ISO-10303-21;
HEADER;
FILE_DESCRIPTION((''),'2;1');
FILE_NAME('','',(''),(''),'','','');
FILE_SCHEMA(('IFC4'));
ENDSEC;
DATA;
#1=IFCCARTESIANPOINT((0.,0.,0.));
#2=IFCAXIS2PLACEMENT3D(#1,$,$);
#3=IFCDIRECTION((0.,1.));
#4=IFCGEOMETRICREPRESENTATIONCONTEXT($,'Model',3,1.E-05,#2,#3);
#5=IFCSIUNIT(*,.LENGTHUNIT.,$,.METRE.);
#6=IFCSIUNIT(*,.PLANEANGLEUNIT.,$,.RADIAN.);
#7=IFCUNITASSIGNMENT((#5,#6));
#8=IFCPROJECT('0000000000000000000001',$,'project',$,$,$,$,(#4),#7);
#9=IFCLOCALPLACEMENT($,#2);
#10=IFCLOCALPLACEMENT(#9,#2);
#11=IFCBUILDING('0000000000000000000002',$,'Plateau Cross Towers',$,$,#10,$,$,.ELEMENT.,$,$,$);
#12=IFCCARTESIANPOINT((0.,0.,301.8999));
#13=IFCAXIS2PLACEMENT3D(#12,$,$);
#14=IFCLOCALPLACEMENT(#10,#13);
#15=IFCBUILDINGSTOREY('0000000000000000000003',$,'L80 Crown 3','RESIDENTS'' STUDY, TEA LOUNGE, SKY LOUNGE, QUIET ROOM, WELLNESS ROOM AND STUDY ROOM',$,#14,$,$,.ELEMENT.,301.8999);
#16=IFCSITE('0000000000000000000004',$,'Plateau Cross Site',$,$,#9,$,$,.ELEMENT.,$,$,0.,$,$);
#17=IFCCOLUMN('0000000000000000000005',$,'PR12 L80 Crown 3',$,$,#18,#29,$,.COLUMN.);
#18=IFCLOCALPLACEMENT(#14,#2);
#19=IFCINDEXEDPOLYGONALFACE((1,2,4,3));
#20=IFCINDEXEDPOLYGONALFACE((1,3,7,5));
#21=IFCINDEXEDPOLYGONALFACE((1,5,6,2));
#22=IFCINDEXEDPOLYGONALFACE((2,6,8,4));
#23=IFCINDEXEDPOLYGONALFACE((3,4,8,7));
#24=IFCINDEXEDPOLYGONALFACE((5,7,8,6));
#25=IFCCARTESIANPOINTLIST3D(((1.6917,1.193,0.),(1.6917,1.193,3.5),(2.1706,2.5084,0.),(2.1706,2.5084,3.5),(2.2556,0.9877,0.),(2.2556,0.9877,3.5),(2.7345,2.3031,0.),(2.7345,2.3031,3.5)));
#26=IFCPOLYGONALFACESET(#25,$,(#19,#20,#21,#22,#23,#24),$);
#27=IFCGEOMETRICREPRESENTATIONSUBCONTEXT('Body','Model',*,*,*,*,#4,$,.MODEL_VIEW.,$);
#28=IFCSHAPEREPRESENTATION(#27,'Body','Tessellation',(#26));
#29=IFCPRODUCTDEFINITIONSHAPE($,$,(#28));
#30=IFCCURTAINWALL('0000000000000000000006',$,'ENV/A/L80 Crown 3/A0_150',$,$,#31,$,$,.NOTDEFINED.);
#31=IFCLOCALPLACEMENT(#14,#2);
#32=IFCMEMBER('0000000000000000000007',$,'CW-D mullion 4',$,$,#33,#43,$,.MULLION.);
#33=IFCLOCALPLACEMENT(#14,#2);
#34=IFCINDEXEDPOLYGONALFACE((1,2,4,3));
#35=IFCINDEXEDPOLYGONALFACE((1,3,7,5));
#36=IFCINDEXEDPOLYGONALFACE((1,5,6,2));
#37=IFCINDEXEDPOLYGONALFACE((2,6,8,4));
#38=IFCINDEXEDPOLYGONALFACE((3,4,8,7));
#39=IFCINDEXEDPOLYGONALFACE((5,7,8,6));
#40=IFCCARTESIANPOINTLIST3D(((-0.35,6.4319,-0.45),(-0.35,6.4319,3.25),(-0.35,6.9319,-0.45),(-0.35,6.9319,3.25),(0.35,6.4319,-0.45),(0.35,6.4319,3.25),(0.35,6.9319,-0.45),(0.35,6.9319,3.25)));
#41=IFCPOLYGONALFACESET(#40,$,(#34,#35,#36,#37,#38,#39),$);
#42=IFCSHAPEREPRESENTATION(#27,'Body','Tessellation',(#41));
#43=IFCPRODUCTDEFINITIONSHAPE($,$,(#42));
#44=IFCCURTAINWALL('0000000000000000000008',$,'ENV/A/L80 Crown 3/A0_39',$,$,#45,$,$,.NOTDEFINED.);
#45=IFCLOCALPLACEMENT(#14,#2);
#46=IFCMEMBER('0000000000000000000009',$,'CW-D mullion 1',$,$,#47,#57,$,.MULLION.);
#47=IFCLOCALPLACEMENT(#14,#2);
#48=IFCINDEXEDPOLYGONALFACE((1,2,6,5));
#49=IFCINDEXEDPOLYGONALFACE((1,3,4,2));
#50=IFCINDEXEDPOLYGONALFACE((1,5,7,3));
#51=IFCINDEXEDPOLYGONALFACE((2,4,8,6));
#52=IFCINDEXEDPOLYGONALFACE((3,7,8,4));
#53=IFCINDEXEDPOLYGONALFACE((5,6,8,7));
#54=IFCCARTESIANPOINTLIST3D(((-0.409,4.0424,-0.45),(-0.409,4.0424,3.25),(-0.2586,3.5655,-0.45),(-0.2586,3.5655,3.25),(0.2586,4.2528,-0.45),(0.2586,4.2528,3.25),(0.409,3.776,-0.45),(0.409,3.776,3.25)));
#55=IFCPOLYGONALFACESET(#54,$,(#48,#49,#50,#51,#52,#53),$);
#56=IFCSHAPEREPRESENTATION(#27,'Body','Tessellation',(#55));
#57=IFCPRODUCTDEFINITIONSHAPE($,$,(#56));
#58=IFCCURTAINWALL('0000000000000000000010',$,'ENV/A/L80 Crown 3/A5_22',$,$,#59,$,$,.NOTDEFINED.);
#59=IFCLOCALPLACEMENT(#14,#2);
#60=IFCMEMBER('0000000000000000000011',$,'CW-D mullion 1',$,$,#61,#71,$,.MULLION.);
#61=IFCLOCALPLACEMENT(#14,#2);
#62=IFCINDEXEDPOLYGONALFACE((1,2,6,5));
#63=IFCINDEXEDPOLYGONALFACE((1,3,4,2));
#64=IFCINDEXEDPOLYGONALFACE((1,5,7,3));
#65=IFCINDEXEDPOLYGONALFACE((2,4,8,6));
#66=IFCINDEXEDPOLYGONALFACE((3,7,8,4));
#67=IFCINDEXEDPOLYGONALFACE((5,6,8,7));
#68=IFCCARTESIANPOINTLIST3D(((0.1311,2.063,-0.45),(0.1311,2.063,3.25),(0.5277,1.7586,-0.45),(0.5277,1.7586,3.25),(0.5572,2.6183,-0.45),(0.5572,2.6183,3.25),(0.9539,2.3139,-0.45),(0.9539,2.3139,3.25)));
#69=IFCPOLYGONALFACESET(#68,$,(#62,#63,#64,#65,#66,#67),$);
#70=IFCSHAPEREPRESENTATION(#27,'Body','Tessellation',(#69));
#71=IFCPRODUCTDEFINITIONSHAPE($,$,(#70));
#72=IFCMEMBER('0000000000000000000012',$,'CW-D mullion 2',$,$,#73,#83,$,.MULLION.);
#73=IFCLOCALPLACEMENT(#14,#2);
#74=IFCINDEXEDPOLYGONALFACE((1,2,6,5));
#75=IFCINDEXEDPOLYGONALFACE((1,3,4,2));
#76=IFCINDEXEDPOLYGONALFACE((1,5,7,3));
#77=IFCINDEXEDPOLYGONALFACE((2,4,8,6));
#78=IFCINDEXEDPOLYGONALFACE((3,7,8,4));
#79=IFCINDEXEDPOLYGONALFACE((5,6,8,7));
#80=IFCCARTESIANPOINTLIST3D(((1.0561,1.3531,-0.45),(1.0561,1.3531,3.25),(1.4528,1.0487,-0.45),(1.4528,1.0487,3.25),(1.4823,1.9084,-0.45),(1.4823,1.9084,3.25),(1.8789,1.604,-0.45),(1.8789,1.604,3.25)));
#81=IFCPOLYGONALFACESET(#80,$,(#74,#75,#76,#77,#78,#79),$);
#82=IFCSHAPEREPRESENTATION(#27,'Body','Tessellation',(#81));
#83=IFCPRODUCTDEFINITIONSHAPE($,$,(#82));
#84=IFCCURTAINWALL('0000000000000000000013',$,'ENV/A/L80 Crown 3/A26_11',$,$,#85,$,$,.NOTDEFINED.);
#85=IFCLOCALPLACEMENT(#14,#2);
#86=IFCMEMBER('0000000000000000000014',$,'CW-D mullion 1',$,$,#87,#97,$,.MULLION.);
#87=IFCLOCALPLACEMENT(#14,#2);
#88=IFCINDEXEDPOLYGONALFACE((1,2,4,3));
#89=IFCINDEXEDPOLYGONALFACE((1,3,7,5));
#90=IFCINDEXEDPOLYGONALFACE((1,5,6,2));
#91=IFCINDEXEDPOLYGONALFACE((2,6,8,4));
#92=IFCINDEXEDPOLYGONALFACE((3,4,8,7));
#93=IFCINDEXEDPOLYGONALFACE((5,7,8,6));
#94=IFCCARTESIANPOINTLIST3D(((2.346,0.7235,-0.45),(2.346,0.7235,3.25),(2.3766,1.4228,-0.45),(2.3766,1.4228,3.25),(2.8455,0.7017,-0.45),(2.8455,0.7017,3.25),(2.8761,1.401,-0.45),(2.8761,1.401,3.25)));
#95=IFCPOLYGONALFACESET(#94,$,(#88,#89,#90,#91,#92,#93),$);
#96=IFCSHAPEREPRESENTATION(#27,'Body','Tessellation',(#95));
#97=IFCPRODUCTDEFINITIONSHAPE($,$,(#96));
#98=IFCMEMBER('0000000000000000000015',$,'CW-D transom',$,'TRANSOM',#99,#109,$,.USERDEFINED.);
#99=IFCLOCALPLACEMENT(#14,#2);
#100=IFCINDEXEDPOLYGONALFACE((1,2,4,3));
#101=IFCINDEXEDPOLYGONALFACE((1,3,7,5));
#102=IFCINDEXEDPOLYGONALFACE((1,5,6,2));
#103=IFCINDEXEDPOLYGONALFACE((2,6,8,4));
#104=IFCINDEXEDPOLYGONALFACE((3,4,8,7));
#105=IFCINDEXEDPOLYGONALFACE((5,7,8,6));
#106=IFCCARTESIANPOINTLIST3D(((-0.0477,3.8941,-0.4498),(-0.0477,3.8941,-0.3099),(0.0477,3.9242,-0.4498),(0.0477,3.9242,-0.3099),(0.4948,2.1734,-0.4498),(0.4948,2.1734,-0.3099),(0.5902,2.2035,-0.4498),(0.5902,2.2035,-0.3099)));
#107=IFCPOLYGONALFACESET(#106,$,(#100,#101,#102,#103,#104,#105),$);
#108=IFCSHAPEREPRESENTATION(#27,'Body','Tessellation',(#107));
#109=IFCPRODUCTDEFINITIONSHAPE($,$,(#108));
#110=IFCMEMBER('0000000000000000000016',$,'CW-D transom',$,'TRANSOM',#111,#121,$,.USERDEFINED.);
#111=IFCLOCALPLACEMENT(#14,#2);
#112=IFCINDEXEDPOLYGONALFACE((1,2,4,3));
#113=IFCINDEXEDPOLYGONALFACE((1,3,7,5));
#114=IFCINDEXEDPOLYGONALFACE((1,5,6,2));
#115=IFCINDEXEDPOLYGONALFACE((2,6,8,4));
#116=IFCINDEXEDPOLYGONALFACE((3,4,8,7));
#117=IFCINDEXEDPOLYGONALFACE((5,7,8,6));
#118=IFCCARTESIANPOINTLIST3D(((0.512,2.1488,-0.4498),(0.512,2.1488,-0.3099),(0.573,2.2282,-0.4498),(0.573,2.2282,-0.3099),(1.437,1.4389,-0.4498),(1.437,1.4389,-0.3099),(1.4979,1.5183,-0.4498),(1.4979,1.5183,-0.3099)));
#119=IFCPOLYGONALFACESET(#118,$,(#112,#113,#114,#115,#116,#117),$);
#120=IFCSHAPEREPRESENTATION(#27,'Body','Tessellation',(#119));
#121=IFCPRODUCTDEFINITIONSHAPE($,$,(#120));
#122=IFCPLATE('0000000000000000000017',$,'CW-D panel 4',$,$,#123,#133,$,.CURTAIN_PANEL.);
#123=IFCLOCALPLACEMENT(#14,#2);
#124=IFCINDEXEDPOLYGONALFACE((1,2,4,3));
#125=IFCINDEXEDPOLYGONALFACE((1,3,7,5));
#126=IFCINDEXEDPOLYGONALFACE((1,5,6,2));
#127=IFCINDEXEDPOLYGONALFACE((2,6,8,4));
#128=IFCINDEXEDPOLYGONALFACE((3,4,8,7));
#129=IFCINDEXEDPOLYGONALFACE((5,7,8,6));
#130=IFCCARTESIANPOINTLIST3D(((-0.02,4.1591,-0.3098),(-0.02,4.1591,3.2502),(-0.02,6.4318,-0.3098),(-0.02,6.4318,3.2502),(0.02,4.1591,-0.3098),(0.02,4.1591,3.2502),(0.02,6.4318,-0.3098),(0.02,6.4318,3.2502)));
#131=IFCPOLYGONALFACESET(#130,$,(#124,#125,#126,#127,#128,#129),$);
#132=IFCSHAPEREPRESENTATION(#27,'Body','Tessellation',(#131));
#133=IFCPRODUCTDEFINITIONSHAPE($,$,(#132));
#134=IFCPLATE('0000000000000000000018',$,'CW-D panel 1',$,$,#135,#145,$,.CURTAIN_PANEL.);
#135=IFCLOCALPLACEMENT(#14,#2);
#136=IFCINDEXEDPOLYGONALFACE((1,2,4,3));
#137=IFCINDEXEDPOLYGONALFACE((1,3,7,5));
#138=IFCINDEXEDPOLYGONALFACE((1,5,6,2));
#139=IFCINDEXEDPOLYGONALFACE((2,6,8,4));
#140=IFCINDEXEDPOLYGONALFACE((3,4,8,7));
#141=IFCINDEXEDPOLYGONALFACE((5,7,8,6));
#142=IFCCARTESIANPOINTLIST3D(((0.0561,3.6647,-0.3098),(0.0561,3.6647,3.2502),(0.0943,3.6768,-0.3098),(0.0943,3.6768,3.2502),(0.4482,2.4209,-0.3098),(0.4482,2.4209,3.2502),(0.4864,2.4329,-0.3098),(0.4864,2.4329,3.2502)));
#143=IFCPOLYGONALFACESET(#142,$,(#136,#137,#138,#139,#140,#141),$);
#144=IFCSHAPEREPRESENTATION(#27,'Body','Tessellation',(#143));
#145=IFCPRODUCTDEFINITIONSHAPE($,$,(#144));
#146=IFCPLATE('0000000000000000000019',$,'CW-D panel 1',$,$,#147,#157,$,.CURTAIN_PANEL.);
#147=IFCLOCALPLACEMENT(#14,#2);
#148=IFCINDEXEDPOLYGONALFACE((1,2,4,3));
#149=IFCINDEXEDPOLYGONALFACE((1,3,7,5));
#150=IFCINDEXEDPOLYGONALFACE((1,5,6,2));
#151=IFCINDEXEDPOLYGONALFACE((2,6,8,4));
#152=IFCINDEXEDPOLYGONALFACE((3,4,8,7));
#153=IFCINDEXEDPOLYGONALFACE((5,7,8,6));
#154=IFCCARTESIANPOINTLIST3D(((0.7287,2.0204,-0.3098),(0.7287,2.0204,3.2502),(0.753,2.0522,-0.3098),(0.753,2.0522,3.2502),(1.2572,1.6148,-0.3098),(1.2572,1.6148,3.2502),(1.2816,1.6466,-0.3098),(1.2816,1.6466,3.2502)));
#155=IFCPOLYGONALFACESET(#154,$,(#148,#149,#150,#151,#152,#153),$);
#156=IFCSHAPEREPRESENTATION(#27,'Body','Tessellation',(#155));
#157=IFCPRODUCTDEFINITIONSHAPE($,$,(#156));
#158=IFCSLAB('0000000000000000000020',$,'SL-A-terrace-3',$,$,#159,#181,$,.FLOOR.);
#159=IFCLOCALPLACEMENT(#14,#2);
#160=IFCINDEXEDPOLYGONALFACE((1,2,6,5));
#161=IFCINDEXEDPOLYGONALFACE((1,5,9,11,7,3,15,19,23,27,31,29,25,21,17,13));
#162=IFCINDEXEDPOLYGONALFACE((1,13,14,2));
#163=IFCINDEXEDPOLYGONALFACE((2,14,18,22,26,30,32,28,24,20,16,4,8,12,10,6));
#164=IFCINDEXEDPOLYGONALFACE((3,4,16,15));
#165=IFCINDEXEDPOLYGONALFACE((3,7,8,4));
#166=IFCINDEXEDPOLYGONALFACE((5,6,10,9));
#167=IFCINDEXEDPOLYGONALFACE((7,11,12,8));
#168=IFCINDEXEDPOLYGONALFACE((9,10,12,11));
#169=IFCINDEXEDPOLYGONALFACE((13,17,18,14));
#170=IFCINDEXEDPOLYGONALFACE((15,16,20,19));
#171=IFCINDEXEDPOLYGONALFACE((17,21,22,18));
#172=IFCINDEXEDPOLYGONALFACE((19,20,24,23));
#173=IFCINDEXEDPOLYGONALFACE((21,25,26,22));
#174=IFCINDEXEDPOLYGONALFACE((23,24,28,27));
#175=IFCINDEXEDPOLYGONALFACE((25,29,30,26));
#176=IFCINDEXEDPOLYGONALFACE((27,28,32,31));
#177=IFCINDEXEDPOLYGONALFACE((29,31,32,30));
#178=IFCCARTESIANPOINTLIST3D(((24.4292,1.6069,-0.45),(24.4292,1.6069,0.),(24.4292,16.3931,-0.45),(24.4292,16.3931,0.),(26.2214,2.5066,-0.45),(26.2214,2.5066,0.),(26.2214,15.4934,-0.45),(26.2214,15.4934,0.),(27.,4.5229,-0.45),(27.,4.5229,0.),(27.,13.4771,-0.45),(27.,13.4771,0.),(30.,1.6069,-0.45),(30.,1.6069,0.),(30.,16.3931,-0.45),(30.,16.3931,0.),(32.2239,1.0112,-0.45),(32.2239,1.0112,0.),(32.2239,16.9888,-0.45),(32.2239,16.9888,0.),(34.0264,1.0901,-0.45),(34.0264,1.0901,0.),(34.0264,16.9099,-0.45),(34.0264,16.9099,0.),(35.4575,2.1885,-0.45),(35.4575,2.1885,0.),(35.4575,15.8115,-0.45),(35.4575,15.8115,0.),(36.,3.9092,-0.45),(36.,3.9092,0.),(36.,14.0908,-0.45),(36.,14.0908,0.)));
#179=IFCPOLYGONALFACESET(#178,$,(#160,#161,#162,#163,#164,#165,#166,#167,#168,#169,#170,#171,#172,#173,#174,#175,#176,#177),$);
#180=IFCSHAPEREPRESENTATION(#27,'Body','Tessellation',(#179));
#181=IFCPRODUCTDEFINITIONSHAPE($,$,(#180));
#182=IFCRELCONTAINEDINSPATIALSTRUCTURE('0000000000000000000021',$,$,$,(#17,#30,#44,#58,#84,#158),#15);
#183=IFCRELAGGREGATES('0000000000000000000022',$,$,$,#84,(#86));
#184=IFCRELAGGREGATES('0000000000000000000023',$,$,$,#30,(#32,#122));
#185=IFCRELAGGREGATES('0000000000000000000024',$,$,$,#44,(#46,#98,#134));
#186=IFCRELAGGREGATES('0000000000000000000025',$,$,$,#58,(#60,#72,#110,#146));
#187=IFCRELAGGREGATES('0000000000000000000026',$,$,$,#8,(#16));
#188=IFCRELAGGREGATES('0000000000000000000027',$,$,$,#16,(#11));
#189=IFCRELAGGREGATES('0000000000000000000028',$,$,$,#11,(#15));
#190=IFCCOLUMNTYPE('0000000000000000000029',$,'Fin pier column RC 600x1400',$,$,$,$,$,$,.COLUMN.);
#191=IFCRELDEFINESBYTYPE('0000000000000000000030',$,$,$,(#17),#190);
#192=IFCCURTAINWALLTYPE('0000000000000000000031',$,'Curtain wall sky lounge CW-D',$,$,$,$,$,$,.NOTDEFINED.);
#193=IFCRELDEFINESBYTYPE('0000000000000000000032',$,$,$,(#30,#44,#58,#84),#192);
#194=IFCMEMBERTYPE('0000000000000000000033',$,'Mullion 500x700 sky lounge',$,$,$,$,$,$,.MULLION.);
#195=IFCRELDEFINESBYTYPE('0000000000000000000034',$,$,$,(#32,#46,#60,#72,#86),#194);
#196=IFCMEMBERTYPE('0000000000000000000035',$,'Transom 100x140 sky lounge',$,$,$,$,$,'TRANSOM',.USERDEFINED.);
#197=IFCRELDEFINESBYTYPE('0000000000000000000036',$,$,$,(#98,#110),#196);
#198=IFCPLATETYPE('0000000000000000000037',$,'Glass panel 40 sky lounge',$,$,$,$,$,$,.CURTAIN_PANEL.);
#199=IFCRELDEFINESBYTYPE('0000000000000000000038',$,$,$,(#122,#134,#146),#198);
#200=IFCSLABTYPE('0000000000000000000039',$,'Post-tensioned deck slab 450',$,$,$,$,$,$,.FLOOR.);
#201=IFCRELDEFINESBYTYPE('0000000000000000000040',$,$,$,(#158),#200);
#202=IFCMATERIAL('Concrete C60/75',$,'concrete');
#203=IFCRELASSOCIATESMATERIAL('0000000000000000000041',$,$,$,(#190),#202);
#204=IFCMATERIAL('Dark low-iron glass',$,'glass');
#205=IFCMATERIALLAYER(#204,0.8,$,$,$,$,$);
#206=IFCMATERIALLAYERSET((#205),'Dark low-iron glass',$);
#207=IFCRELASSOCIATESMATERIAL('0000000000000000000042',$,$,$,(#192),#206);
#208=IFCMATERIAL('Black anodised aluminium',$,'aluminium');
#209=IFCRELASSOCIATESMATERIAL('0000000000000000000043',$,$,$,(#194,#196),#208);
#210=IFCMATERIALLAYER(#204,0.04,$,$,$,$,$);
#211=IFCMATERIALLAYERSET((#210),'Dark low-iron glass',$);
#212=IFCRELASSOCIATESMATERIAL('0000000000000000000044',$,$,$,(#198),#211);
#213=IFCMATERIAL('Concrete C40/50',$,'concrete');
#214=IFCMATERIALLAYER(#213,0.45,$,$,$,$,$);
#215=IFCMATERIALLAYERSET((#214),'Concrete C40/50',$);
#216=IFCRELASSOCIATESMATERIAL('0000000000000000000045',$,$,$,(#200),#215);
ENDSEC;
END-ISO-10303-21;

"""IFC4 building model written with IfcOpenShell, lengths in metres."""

from ifc_helpers import new_model, si_unit, direction, frame, origin, origin_2d, place, context, subcontext, project, spatial, polyline, rectangle, outline, extrude, material, layer, layer_set, material_profile, profile_set, type_object, element, aggregate, save


model = new_model("IFC4")

# Units and contexts
model_context = context("Model", 3, precision=1e-05, world=origin(), true_north=direction((0.0, 1.0)))
body_context = subcontext(model_context, "Body", "Model", "MODEL_VIEW")
ifc_project = project(units=[si_unit("LENGTHUNIT", "METRE"), si_unit("PLANEANGLEUNIT", "RADIAN")], contexts=[model_context])

# Site, building, storey
site_placement = place(None, origin())
site = spatial("IfcSite", under=ifc_project, at=site_placement, Name="Plateau Cross Site", CompositionType="ELEMENT", RefElevation=0.0)
building_placement = place(site_placement, origin())
building = spatial("IfcBuilding", under=site, at=building_placement, Name="Plateau Cross Towers", CompositionType="ELEMENT")
storey_placement = place(building_placement, frame((0.0, 0.0, 301.8999)))
storey = spatial("IfcBuildingStorey", under=building, at=storey_placement, Name="L80 Crown 3", Description="RESIDENTS' STUDY, TEA LOUNGE, SKY LOUNGE, QUIET ROOM, WELLNESS ROOM AND STUDY ROOM", CompositionType="ELEMENT", Elevation=301.8999)

# Column
ifc_material_1 = material(Name="Concrete C60/75", Category="concrete")
ifc_material_profile_1 = material_profile(ifc_material_1, rectangle(XDim=0.6001, YDim=1.3999, at=origin_2d()), Name="RC 600x1400")
ifc_profile_set_1 = profile_set([ifc_material_profile_1], Name="Concrete C60/75")
column_type = type_object("IfcColumnType", Name="Fin pier column RC 600x1400", PredefinedType="COLUMN", material=ifc_profile_set_1)
column_placement = place(storey_placement, frame((2.2131, 1.748, 0.0), z_axis=(0.0, 0.0, 1.0), x_axis=(-0.939664, 0.342098, 0.0)))
element("IfcColumn", 1, at=column_placement, inside=storey, type_object=column_type, Name="PR12 L80 Crown 3", PredefinedType="COLUMN", context=body_context, shape_type="SweptSolid", body=[
    extrude(rectangle(XDim=0.6001, YDim=1.3999, at=origin_2d()), origin(), (0.0, 0.0, 1.0), 3.5),
])

# Curtain walls, members
ifc_material_2 = material(Name="Dark low-iron glass", Category="glass")
ifc_layer_1 = layer(ifc_material_2, 0.8)
ifc_layer_set_1 = layer_set([ifc_layer_1], Name="Dark low-iron glass")
curtain_wall_type = type_object("IfcCurtainWallType", Name="Curtain wall sky lounge CW-D", PredefinedType="NOTDEFINED", material=ifc_layer_set_1)
curtain_wall_1_placement = place(storey_placement, origin())
curtain_wall_1 = element("IfcCurtainWall", 2, at=curtain_wall_1_placement, inside=storey, type_object=curtain_wall_type, Name="ENV/A/L80 Crown 3/A0_150", PredefinedType="NOTDEFINED")
ifc_material_3 = material(Name="Black anodised aluminium", Category="aluminium")
ifc_material_profile_2 = material_profile(ifc_material_3, rectangle(XDim=0.5, YDim=0.7, at=origin_2d()), Name="MULLION 500x700")
ifc_profile_set_2 = profile_set([ifc_material_profile_2], Name="Black anodised aluminium")
member_type_1 = type_object("IfcMemberType", Name="Mullion 500x700 sky lounge", PredefinedType="MULLION", material=ifc_profile_set_2)
member_1_placement = place(storey_placement, frame((0.0, 6.6819, -0.45), z_axis=(0.0, 0.0, 1.0), x_axis=(0.0, -1.0, 0.0)))
member_1 = element("IfcMember", 3, at=member_1_placement, type_object=member_type_1, Name="CW-D mullion 4", PredefinedType="MULLION", context=body_context, shape_type="SweptSolid", body=[
    extrude(rectangle(XDim=0.5, YDim=0.7, at=origin_2d()), origin(), (0.0, 0.0, 1.0), 3.7),
])
curtain_wall_2_placement = place(storey_placement, origin())
curtain_wall_2 = element("IfcCurtainWall", 4, at=curtain_wall_2_placement, inside=storey, type_object=curtain_wall_type, Name="ENV/A/L80 Crown 3/A0_39", PredefinedType="NOTDEFINED")
member_2_placement = place(storey_placement, frame((0.0, 3.9092, -0.45), z_axis=(0.0, 0.0, 1.0), x_axis=(0.300686, -0.953723, 0.0)))
member_2 = element("IfcMember", 5, at=member_2_placement, type_object=member_type_1, Name="CW-D mullion 1", PredefinedType="MULLION", context=body_context, shape_type="SweptSolid", body=[
    extrude(rectangle(XDim=0.5, YDim=0.7, at=origin_2d()), origin(), (0.0, 0.0, 1.0), 3.7),
])

# Curtain wall, members
curtain_wall_3_placement = place(storey_placement, origin())
curtain_wall_3 = element("IfcCurtainWall", 6, at=curtain_wall_3_placement, inside=storey, type_object=curtain_wall_type, Name="ENV/A/L80 Crown 3/A5_22", PredefinedType="NOTDEFINED")
member_3_placement = place(storey_placement, frame((0.5425, 2.1885, -0.45), z_axis=(0.0, 0.0, 1.0), x_axis=(0.793316, -0.608811, 0.0)))
member_3 = element("IfcMember", 7, at=member_3_placement, type_object=member_type_1, Name="CW-D mullion 1", PredefinedType="MULLION", context=body_context, shape_type="SweptSolid", body=[
    extrude(rectangle(XDim=0.5, YDim=0.7, at=origin_2d()), origin(), (0.0, 0.0, 1.0), 3.7),
])
member_4_placement = place(storey_placement, frame((1.4675, 1.4785, -0.45), z_axis=(0.0, 0.0, 1.0), x_axis=(0.793316, -0.608811, 0.0)))
member_4 = element("IfcMember", 8, at=member_4_placement, type_object=member_type_1, Name="CW-D mullion 2", PredefinedType="MULLION", context=body_context, shape_type="SweptSolid", body=[
    extrude(rectangle(XDim=0.5, YDim=0.7, at=origin_2d()), origin(), (0.0, 0.0, 1.0), 3.7),
])

# Curtain wall, member
curtain_wall_4_placement = place(storey_placement, origin())
curtain_wall_4 = element("IfcCurtainWall", 9, at=curtain_wall_4_placement, inside=storey, type_object=curtain_wall_type, Name="ENV/A/L80 Crown 3/A26_11", PredefinedType="NOTDEFINED")
member_5_placement = place(storey_placement, frame((2.6111, 1.0623, -0.45), z_axis=(0.0, 0.0, 1.0), x_axis=(0.999044, -0.043723, 0.0)))
member_5 = element("IfcMember", 10, at=member_5_placement, type_object=member_type_1, Name="CW-D mullion 1", PredefinedType="MULLION", context=body_context, shape_type="SweptSolid", body=[
    extrude(rectangle(XDim=0.5, YDim=0.7, at=origin_2d()), origin(), (0.0, 0.0, 1.0), 3.7),
])
aggregate(curtain_wall_4, [member_5])

# Members
ifc_material_profile_3 = material_profile(ifc_material_3, rectangle(XDim=0.1001, YDim=0.1399, at=origin_2d()), Name="TRANSOM 100x140")
ifc_profile_set_3 = profile_set([ifc_material_profile_3], Name="Black anodised aluminium")
member_type_2 = type_object("IfcMemberType", Name="Transom 100x140 sky lounge", ElementType="TRANSOM", PredefinedType="USERDEFINED", material=ifc_profile_set_3)
member_6_placement = place(storey_placement, frame((0.0, 3.9092, -0.3799), z_axis=(0.300678, -0.953726, 0.0), x_axis=(0.953726, 0.300678, 0.0)))
member_6 = element("IfcMember", 11, at=member_6_placement, type_object=member_type_2, Name="CW-D transom", ObjectType="TRANSOM", PredefinedType="USERDEFINED", context=body_context, shape_type="SweptSolid", body=[
    extrude(rectangle(XDim=0.1001, YDim=0.1399, at=origin_2d()), origin(), (0.0, 0.0, 1.0), 1.8042),
])
member_7_placement = place(storey_placement, frame((0.5425, 2.1885, -0.3799), z_axis=(0.793293, -0.60884, 0.0), x_axis=(0.60884, 0.793293, 0.0)))
member_7 = element("IfcMember", 12, at=member_7_placement, type_object=member_type_2, Name="CW-D transom", ObjectType="TRANSOM", PredefinedType="USERDEFINED", context=body_context, shape_type="SweptSolid", body=[
    extrude(rectangle(XDim=0.1001, YDim=0.1399, at=origin_2d()), origin(), (0.0, 0.0, 1.0), 1.166),
])

# Plates
ifc_layer_2 = layer(ifc_material_2, 0.04)
ifc_layer_set_2 = layer_set([ifc_layer_2], Name="Dark low-iron glass")
plate_type = type_object("IfcPlateType", Name="Glass panel 40 sky lounge", PredefinedType="CURTAIN_PANEL", material=ifc_layer_set_2)
plate_1_placement = place(storey_placement, frame((0.0, 5.2954, -0.3098), z_axis=(0.0, 0.0, 1.0), x_axis=(0.0, -1.0, 0.0)))
plate_1 = element("IfcPlate", 13, at=plate_1_placement, type_object=plate_type, Name="CW-D panel 4", PredefinedType="CURTAIN_PANEL", context=body_context, shape_type="SweptSolid", body=[
    extrude(rectangle(XDim=2.2727, YDim=0.04, at=origin_2d()), origin(), (0.0, 0.0, 1.0), 3.5601),
])
aggregate(curtain_wall_1, [member_1, plate_1])
plate_2_placement = place(storey_placement, frame((0.2712, 3.0488, -0.3098), z_axis=(0.0, 0.0, 1.0), x_axis=(0.300686, -0.953723, 0.0)))
plate_2 = element("IfcPlate", 14, at=plate_2_placement, type_object=plate_type, Name="CW-D panel 1", PredefinedType="CURTAIN_PANEL", context=body_context, shape_type="SweptSolid", body=[
    extrude(rectangle(XDim=1.3042, YDim=0.04, at=origin_2d()), origin(), (0.0, 0.0, 1.0), 3.5601),
])
aggregate(curtain_wall_2, [member_2, member_6, plate_2])
plate_3_placement = place(storey_placement, frame((1.0051, 1.8335, -0.3098), z_axis=(0.0, 0.0, 1.0), x_axis=(0.793316, -0.608811, 0.0)))
plate_3 = element("IfcPlate", 15, at=plate_3_placement, type_object=plate_type, Name="CW-D panel 1", PredefinedType="CURTAIN_PANEL", context=body_context, shape_type="SweptSolid", body=[
    extrude(rectangle(XDim=0.6663, YDim=0.04, at=origin_2d()), origin(), (0.0, 0.0, 1.0), 3.5601),
])
aggregate(curtain_wall_3, [member_3, member_4, member_7, plate_3])

# Slab
ifc_material_4 = material(Name="Concrete C40/50", Category="concrete")
ifc_layer_3 = layer(ifc_material_4, 0.45)
ifc_layer_set_3 = layer_set([ifc_layer_3], Name="Concrete C40/50")
slab_type_1 = type_object("IfcSlabType", Name="Post-tensioned deck slab 450", PredefinedType="FLOOR", material=ifc_layer_set_3)
slab_1_placement = place(storey_placement, frame((0.0, 0.0, -0.45)))
element("IfcSlab", 16, at=slab_1_placement, inside=storey, type_object=slab_type_1, Name="SL-A-terrace-3", PredefinedType="FLOOR", context=body_context, shape_type="SweptSolid", body=[
    extrude(outline(polyline([(34.0264, 16.9099), (35.4575, 15.8115), (36.0, 14.0908), (36.0, 3.9092), (35.4575, 2.1885), (34.0264, 1.0901), (32.2239, 1.0112), (30.0, 1.6069), (24.4292, 1.6069), (26.2214, 2.5066), (27.0, 4.5229), (27.0, 13.4771), (26.2214, 15.4934), (24.4292, 16.3931), (30.0, 16.3931), (32.2239, 16.9888), (34.0264, 16.9099)])), origin(), (0.0, 0.0, 1.0), 0.45),
])

save(model, "model.ifc")
